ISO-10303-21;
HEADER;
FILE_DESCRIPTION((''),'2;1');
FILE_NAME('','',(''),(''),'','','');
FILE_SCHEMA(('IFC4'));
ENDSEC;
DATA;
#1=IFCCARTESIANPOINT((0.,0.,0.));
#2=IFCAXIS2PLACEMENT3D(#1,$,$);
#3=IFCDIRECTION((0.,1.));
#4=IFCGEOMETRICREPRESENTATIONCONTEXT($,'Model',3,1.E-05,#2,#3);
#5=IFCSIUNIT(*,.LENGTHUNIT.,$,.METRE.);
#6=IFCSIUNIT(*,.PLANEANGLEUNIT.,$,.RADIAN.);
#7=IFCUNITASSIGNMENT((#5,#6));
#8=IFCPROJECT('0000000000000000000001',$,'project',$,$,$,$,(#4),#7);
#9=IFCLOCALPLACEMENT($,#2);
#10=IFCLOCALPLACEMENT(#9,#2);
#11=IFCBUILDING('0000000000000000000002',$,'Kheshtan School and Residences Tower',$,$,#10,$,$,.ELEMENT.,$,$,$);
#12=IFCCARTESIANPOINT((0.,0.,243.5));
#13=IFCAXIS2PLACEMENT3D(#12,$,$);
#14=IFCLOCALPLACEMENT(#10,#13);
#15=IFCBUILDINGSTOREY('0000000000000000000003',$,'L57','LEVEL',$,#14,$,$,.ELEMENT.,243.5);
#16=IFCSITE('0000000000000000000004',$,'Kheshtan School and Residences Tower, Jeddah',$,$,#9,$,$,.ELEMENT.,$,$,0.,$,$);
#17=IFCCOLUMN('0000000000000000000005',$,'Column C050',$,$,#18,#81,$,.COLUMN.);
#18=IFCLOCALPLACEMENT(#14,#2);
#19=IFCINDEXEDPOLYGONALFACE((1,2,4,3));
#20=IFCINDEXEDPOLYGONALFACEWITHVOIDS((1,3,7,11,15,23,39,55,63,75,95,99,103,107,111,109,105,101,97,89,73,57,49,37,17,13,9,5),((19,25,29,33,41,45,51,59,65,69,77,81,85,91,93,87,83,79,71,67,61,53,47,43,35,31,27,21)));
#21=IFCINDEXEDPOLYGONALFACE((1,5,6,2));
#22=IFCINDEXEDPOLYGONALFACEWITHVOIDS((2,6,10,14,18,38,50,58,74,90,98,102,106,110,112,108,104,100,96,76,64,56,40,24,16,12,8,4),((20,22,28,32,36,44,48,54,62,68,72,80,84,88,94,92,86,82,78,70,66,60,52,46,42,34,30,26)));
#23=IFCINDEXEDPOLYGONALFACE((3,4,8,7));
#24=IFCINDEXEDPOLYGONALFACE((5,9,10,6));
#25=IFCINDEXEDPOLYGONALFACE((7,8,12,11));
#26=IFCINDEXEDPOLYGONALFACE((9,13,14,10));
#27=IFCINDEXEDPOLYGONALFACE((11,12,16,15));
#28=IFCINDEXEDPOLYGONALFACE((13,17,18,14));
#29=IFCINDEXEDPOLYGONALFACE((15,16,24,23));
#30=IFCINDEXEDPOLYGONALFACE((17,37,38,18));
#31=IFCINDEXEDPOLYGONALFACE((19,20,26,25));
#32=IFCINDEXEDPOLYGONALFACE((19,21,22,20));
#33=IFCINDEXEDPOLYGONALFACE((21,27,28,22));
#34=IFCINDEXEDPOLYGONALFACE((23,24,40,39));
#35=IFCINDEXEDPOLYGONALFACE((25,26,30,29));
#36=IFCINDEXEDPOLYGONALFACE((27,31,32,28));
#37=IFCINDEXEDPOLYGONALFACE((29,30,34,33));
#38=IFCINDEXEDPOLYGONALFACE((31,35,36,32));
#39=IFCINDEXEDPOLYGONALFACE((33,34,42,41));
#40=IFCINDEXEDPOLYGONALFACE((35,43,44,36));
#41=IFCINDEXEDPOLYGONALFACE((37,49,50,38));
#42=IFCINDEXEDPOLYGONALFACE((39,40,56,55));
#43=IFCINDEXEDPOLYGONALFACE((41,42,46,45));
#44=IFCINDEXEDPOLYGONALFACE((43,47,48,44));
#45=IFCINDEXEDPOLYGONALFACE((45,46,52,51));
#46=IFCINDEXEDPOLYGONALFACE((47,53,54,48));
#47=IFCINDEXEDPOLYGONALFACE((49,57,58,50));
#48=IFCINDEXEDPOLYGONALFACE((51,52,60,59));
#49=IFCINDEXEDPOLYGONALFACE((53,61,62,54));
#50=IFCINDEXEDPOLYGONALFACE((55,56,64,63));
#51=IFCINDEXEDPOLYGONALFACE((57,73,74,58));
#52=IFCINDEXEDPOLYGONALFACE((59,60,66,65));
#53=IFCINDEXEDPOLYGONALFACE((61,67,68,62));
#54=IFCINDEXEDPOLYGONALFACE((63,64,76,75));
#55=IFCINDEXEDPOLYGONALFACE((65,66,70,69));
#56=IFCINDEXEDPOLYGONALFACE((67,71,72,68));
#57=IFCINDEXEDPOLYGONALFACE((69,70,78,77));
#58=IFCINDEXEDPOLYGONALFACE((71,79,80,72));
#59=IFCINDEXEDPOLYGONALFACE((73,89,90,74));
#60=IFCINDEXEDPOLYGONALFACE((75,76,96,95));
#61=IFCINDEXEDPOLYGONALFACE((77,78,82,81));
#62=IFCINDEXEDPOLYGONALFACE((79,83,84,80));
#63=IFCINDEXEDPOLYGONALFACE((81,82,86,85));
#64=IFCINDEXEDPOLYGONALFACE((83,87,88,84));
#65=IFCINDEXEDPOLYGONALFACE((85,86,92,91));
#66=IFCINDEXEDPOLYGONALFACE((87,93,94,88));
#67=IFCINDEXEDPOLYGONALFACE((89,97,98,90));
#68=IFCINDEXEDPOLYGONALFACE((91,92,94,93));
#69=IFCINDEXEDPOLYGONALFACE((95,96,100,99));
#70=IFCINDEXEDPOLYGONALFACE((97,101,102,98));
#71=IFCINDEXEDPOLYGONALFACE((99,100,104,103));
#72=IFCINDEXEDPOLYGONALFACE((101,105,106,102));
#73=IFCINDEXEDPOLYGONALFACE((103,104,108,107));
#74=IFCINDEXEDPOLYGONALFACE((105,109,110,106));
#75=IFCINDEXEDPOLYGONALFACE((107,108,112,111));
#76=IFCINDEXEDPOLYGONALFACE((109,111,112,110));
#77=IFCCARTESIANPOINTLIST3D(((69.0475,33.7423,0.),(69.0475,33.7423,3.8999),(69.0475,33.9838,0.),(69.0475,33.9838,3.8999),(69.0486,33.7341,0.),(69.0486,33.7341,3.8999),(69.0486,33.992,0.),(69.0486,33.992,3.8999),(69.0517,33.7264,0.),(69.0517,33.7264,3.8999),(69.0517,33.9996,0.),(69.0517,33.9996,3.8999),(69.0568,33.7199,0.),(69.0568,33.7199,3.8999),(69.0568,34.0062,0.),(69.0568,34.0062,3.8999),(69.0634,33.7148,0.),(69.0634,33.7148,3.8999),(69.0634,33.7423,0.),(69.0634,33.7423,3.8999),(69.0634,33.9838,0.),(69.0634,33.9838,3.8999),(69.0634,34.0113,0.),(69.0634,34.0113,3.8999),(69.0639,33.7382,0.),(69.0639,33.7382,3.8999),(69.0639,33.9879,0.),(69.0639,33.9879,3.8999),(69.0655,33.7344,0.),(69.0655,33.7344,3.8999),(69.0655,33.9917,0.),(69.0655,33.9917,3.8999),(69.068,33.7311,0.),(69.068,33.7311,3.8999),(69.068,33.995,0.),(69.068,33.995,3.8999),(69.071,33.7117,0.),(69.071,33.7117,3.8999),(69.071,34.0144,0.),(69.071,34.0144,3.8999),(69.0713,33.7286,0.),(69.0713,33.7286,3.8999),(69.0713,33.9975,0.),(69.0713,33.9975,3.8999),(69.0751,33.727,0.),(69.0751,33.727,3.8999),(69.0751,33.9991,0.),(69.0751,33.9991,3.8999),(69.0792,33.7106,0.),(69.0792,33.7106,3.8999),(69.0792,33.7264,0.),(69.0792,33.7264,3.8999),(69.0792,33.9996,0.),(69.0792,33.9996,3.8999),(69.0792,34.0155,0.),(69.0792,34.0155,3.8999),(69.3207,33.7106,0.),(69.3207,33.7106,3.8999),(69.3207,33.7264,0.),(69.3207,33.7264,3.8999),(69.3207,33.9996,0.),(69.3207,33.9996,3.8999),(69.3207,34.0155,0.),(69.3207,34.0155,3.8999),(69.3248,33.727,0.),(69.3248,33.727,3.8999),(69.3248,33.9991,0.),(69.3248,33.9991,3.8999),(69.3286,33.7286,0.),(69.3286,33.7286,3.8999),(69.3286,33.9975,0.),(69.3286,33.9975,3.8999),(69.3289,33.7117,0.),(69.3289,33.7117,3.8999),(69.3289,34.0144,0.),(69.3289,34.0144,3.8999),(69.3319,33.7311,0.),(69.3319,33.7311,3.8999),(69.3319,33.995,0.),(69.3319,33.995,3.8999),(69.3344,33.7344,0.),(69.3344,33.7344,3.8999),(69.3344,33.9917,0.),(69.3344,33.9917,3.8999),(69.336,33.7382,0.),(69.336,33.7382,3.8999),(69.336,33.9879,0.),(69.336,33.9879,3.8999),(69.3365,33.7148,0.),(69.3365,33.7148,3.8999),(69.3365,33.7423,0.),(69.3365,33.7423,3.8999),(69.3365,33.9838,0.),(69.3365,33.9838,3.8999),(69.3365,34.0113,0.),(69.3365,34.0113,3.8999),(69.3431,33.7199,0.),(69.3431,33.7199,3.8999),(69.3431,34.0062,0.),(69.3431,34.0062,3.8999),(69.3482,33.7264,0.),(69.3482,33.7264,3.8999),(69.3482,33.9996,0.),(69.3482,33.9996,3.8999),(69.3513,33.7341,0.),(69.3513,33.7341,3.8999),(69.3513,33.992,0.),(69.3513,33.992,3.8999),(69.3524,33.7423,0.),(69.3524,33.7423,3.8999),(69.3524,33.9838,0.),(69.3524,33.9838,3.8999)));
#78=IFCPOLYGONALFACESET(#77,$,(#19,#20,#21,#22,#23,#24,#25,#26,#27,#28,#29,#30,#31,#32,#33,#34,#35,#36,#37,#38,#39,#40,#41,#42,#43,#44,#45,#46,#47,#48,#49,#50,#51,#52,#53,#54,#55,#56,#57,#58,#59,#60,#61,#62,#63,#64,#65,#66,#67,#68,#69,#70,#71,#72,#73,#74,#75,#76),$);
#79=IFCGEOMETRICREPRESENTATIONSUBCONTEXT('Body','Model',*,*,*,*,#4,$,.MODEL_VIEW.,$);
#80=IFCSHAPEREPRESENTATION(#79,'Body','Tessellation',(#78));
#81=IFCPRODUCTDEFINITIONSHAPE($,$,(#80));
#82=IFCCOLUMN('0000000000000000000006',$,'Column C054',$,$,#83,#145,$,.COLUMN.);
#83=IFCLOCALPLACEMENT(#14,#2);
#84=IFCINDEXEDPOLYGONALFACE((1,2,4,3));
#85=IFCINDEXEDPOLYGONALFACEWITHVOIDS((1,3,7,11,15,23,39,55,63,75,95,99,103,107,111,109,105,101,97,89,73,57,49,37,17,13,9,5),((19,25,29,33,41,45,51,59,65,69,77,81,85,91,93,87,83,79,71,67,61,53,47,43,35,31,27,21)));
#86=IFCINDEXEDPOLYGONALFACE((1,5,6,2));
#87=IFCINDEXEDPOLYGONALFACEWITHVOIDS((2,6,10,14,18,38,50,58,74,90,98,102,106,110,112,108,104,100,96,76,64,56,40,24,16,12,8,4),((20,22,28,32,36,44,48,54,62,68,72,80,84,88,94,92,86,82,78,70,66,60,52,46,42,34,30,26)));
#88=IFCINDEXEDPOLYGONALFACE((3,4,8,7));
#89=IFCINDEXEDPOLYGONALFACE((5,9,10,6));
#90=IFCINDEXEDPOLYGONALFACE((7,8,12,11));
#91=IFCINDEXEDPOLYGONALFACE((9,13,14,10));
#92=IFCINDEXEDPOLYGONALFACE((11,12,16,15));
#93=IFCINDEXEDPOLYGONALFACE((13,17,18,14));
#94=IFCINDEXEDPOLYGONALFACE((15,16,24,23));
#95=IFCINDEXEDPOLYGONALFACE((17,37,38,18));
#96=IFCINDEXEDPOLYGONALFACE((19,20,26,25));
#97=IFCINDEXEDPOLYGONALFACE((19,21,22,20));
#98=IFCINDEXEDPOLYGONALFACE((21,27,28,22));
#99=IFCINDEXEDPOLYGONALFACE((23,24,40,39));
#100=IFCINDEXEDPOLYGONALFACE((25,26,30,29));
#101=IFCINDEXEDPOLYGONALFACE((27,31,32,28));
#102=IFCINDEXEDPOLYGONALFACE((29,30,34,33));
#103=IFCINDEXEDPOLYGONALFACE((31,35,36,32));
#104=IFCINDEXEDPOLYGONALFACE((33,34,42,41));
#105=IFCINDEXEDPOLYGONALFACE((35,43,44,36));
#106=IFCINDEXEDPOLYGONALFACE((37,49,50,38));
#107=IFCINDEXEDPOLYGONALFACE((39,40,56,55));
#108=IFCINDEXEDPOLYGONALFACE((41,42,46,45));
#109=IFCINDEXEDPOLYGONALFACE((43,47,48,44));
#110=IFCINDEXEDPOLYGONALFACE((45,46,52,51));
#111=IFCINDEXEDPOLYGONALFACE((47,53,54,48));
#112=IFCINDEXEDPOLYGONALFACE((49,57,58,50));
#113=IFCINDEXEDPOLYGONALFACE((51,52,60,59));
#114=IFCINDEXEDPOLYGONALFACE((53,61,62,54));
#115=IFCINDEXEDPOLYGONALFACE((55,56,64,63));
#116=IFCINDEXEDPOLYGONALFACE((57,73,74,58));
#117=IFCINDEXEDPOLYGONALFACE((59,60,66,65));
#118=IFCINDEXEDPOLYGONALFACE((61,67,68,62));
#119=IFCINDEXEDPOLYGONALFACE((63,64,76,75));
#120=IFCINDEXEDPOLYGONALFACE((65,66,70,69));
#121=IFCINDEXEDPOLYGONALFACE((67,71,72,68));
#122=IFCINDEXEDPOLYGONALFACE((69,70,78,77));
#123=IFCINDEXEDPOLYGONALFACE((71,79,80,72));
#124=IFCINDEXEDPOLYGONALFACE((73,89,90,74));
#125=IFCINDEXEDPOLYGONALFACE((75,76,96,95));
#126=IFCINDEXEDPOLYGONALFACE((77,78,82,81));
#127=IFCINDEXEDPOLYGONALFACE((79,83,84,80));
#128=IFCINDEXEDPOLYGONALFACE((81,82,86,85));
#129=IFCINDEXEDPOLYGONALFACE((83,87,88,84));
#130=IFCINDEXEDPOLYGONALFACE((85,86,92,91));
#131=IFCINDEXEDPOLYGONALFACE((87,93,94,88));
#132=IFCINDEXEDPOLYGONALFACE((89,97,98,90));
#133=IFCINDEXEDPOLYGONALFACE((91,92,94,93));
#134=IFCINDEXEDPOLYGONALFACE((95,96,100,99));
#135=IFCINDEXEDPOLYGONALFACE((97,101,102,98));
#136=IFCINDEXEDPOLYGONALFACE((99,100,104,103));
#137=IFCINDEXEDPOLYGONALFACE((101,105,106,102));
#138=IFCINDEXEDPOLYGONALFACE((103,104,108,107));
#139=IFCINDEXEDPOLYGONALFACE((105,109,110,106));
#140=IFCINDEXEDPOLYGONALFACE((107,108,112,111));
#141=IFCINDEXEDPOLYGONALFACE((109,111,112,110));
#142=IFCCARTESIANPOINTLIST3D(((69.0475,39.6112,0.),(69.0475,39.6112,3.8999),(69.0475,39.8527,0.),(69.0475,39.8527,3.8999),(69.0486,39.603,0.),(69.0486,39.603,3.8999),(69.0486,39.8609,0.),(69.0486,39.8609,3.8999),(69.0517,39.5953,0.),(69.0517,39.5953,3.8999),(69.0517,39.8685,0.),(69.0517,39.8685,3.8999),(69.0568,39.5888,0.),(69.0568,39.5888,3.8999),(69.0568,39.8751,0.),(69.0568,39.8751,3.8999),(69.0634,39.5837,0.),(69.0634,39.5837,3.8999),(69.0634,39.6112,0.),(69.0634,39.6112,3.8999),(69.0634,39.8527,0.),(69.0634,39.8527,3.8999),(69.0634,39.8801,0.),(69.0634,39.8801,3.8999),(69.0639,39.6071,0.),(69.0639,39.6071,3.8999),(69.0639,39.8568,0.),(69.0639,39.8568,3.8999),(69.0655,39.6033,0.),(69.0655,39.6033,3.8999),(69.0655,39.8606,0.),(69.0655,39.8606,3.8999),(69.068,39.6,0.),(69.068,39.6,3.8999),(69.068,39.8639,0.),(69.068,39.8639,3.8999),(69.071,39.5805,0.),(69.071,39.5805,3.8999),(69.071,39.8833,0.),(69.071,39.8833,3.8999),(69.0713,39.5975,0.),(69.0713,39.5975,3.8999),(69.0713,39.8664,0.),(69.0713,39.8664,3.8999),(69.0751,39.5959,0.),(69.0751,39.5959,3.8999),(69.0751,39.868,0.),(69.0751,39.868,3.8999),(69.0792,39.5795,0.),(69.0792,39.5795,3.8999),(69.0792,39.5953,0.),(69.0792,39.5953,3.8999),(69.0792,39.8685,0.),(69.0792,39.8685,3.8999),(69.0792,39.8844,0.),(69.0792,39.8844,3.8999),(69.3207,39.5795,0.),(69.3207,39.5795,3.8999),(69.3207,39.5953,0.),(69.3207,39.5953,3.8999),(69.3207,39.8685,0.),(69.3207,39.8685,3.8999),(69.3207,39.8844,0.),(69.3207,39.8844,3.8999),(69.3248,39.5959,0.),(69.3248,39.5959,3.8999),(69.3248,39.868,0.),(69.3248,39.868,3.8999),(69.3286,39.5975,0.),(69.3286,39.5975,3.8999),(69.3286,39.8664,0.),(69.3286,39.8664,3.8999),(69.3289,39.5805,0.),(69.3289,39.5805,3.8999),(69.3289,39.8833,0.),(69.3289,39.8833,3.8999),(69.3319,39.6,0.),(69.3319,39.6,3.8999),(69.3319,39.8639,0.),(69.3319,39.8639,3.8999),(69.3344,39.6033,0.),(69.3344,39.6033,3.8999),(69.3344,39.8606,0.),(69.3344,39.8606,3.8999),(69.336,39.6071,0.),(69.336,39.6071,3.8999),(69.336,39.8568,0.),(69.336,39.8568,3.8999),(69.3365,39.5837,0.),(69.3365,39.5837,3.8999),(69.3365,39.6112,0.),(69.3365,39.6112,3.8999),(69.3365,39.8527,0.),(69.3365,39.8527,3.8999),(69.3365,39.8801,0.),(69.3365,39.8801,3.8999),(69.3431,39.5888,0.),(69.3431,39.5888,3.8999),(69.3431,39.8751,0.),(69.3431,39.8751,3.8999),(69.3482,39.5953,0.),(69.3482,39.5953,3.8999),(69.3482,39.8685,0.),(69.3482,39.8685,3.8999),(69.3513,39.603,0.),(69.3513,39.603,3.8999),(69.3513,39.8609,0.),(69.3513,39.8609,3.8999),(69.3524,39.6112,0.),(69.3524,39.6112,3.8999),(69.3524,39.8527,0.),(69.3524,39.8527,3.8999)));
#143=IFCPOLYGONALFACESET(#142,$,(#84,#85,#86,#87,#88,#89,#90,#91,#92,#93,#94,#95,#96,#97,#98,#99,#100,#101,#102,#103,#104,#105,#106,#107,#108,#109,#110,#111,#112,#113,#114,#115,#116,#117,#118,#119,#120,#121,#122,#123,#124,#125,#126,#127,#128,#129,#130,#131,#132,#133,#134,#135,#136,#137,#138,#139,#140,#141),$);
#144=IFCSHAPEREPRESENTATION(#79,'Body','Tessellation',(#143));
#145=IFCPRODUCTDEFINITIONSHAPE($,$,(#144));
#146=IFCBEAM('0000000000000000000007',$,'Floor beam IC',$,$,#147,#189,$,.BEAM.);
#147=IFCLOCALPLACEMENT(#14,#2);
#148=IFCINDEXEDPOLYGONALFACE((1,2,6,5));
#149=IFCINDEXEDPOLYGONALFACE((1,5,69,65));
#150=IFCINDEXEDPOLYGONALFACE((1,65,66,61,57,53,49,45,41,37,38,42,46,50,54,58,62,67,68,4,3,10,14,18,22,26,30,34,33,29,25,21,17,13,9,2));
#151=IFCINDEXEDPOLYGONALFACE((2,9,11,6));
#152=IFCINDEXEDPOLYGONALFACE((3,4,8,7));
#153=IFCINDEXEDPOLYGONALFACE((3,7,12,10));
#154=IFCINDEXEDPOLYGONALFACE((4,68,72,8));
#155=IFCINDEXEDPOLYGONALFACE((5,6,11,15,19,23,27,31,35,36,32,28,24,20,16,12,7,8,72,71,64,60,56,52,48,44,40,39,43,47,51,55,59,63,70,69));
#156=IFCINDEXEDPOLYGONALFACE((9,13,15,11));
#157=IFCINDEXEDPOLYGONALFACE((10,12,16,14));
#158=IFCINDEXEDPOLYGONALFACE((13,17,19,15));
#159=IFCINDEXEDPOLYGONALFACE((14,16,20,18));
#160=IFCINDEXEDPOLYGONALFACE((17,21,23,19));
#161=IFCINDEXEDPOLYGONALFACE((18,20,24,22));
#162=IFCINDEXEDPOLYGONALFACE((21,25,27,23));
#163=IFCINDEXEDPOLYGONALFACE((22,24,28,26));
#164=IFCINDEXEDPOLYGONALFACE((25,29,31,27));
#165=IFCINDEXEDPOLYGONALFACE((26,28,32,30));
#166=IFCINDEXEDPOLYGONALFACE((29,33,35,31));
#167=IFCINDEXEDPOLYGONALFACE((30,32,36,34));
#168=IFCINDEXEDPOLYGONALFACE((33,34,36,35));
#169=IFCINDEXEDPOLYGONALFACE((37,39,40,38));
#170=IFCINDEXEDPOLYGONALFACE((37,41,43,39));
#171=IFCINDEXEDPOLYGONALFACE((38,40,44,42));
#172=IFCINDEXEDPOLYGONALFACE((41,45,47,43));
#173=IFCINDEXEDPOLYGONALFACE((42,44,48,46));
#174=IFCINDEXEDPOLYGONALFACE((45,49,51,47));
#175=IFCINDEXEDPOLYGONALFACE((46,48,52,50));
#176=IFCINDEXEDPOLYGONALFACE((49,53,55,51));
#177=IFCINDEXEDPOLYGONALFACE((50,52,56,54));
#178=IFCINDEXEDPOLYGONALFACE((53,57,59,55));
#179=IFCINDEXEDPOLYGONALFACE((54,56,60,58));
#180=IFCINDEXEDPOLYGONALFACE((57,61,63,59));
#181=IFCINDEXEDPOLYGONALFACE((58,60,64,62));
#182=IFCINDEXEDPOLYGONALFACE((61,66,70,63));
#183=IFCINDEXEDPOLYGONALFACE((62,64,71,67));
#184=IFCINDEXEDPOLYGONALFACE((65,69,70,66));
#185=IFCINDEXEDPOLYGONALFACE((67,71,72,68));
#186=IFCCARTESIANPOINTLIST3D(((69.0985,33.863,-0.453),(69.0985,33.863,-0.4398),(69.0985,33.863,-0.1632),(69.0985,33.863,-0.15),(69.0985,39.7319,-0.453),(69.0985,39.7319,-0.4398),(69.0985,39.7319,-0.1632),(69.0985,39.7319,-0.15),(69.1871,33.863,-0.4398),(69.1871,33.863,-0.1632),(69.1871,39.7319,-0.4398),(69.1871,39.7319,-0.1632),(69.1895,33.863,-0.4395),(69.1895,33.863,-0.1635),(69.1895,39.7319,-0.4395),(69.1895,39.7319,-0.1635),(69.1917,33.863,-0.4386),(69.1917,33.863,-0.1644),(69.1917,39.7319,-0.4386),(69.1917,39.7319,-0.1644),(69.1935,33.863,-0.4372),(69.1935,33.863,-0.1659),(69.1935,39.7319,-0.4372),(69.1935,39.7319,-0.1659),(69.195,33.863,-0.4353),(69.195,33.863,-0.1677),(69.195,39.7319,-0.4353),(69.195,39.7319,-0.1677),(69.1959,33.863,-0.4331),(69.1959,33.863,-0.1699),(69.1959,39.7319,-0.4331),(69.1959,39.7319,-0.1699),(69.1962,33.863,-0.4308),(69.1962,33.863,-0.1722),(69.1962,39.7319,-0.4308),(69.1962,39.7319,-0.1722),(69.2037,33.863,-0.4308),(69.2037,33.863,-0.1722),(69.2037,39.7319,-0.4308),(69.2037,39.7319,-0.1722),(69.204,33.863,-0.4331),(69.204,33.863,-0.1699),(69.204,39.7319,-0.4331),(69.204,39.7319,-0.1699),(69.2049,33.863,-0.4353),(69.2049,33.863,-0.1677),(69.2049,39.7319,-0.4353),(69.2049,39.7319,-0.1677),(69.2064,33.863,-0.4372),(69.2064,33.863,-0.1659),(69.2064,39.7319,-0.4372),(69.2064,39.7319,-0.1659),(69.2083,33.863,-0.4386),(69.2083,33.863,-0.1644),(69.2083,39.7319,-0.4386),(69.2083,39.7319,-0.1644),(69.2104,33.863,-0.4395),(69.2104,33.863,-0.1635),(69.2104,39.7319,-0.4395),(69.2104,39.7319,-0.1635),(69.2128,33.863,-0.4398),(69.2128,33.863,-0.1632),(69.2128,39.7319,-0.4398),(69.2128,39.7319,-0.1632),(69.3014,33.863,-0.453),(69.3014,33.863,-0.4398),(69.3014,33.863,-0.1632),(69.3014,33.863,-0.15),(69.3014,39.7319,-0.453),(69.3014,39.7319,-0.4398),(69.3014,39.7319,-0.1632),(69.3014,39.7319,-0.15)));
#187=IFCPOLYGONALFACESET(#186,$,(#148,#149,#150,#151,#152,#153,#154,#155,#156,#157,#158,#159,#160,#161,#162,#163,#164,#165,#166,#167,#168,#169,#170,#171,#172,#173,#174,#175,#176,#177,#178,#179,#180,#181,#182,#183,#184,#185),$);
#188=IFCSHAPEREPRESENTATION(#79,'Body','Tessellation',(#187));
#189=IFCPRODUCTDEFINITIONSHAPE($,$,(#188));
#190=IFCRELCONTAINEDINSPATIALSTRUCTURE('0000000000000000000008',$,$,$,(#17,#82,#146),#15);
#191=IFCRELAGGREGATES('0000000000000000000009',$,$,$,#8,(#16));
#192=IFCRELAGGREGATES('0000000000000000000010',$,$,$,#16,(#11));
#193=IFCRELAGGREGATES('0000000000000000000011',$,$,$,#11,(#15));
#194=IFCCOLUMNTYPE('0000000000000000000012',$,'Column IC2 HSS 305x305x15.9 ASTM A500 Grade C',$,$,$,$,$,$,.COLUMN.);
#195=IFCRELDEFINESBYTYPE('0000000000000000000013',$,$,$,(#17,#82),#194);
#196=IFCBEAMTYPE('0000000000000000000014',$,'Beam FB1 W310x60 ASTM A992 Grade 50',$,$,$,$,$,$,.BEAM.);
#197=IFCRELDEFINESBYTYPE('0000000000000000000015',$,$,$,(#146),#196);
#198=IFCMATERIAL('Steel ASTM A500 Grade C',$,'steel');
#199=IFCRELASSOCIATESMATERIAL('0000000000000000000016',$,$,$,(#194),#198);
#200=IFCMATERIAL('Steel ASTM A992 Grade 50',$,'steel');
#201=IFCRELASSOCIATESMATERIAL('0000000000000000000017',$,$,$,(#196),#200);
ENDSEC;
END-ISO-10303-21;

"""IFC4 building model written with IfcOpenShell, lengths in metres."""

from ifc_helpers import new_model, si_unit, direction, frame, origin, origin_2d, place, context, subcontext, project, spatial, hollow_rectangle, i_section, extrude, material, material_profile, profile_set, type_object, element, save


model = new_model("IFC4")

# Units and contexts
model_context = context("Model", 3, precision=1e-05, world=origin(), true_north=direction((0.0, 1.0)))
body_context = subcontext(model_context, "Body", "Model", "MODEL_VIEW")
ifc_project = project(units=[si_unit("LENGTHUNIT", "METRE"), si_unit("PLANEANGLEUNIT", "RADIAN")], contexts=[model_context])

# Site, building, storey
site_placement = place(None, origin())
site = spatial("IfcSite", under=ifc_project, at=site_placement, Name="Kheshtan School and Residences Tower, Jeddah", CompositionType="ELEMENT", RefElevation=0.0)
building_placement = place(site_placement, origin())
building = spatial("IfcBuilding", under=site, at=building_placement, Name="Kheshtan School and Residences Tower", CompositionType="ELEMENT")
storey_placement = place(building_placement, frame((0.0, 0.0, 243.5)))
storey = spatial("IfcBuildingStorey", under=building, at=storey_placement, Name="L57", Description="LEVEL", CompositionType="ELEMENT", Elevation=243.5)

# Columns
ifc_material_1 = material(Name="Steel ASTM A500 Grade C", Category="steel")
ifc_material_profile_1 = material_profile(ifc_material_1, hollow_rectangle(XDim=0.3049, YDim=0.3049, WallThickness=0.0159, InnerFilletRadius=0.0159, OuterFilletRadius=0.0317, at=origin_2d()), Name="HSS 305x305x15.9")
ifc_profile_set_1 = profile_set([ifc_material_profile_1], Name="Steel ASTM A500 Grade C")
column_type = type_object("IfcColumnType", Name="Column IC2 HSS 305x305x15.9 ASTM A500 Grade C", PredefinedType="COLUMN", material=ifc_profile_set_1)
for number, where, z_axis, x_axis, name in (
    (1, (69.2, 33.863, 0.0), (0.0, 0.0, 1.0), (1.0, 0.0, 0.0), "Column C050"),
    (2, (69.2, 39.7319, 0.0), (0.0, 0.0, 1.0), (1.0, 0.0, 0.0), "Column C054"),
):
    element("IfcColumn", number, at=place(storey_placement, frame(where, z_axis=z_axis, x_axis=x_axis)), inside=storey, type_object=column_type, Name=name, PredefinedType="COLUMN", context=body_context, shape_type="SweptSolid", body=[
        extrude(hollow_rectangle(XDim=0.3049, YDim=0.3049, WallThickness=0.0159, InnerFilletRadius=0.0159, OuterFilletRadius=0.0317, at=origin_2d()), origin(), (0.0, 0.0, 1.0), 3.8999),
    ])

# Beam
ifc_material_2 = material(Name="Steel ASTM A992 Grade 50", Category="steel")
ifc_material_profile_2 = material_profile(ifc_material_2, i_section(OverallWidth=0.2029, OverallDepth=0.303, WebThickness=0.0076, FlangeThickness=0.0132, FilletRadius=0.009, at=origin_2d()), Name="W310x60")
ifc_profile_set_2 = profile_set([ifc_material_profile_2], Name="Steel ASTM A992 Grade 50")
beam_type = type_object("IfcBeamType", Name="Beam FB1 W310x60 ASTM A992 Grade 50", PredefinedType="BEAM", material=ifc_profile_set_2)
beam_placement = place(storey_placement, frame((69.2, 33.863, -0.3015), z_axis=(0.0, 1.0, 0.0), x_axis=(-1.0, 0.0, 0.0)))
element("IfcBeam", 3, at=beam_placement, inside=storey, type_object=beam_type, Name="Floor beam IC", PredefinedType="BEAM", context=body_context, shape_type="SweptSolid", body=[
    extrude(i_section(OverallWidth=0.2029, OverallDepth=0.303, WebThickness=0.0076, FlangeThickness=0.0132, FilletRadius=0.009, at=origin_2d()), origin(), (0.0, 0.0, 1.0), 5.8689),
])

save(model, "model.ifc")
